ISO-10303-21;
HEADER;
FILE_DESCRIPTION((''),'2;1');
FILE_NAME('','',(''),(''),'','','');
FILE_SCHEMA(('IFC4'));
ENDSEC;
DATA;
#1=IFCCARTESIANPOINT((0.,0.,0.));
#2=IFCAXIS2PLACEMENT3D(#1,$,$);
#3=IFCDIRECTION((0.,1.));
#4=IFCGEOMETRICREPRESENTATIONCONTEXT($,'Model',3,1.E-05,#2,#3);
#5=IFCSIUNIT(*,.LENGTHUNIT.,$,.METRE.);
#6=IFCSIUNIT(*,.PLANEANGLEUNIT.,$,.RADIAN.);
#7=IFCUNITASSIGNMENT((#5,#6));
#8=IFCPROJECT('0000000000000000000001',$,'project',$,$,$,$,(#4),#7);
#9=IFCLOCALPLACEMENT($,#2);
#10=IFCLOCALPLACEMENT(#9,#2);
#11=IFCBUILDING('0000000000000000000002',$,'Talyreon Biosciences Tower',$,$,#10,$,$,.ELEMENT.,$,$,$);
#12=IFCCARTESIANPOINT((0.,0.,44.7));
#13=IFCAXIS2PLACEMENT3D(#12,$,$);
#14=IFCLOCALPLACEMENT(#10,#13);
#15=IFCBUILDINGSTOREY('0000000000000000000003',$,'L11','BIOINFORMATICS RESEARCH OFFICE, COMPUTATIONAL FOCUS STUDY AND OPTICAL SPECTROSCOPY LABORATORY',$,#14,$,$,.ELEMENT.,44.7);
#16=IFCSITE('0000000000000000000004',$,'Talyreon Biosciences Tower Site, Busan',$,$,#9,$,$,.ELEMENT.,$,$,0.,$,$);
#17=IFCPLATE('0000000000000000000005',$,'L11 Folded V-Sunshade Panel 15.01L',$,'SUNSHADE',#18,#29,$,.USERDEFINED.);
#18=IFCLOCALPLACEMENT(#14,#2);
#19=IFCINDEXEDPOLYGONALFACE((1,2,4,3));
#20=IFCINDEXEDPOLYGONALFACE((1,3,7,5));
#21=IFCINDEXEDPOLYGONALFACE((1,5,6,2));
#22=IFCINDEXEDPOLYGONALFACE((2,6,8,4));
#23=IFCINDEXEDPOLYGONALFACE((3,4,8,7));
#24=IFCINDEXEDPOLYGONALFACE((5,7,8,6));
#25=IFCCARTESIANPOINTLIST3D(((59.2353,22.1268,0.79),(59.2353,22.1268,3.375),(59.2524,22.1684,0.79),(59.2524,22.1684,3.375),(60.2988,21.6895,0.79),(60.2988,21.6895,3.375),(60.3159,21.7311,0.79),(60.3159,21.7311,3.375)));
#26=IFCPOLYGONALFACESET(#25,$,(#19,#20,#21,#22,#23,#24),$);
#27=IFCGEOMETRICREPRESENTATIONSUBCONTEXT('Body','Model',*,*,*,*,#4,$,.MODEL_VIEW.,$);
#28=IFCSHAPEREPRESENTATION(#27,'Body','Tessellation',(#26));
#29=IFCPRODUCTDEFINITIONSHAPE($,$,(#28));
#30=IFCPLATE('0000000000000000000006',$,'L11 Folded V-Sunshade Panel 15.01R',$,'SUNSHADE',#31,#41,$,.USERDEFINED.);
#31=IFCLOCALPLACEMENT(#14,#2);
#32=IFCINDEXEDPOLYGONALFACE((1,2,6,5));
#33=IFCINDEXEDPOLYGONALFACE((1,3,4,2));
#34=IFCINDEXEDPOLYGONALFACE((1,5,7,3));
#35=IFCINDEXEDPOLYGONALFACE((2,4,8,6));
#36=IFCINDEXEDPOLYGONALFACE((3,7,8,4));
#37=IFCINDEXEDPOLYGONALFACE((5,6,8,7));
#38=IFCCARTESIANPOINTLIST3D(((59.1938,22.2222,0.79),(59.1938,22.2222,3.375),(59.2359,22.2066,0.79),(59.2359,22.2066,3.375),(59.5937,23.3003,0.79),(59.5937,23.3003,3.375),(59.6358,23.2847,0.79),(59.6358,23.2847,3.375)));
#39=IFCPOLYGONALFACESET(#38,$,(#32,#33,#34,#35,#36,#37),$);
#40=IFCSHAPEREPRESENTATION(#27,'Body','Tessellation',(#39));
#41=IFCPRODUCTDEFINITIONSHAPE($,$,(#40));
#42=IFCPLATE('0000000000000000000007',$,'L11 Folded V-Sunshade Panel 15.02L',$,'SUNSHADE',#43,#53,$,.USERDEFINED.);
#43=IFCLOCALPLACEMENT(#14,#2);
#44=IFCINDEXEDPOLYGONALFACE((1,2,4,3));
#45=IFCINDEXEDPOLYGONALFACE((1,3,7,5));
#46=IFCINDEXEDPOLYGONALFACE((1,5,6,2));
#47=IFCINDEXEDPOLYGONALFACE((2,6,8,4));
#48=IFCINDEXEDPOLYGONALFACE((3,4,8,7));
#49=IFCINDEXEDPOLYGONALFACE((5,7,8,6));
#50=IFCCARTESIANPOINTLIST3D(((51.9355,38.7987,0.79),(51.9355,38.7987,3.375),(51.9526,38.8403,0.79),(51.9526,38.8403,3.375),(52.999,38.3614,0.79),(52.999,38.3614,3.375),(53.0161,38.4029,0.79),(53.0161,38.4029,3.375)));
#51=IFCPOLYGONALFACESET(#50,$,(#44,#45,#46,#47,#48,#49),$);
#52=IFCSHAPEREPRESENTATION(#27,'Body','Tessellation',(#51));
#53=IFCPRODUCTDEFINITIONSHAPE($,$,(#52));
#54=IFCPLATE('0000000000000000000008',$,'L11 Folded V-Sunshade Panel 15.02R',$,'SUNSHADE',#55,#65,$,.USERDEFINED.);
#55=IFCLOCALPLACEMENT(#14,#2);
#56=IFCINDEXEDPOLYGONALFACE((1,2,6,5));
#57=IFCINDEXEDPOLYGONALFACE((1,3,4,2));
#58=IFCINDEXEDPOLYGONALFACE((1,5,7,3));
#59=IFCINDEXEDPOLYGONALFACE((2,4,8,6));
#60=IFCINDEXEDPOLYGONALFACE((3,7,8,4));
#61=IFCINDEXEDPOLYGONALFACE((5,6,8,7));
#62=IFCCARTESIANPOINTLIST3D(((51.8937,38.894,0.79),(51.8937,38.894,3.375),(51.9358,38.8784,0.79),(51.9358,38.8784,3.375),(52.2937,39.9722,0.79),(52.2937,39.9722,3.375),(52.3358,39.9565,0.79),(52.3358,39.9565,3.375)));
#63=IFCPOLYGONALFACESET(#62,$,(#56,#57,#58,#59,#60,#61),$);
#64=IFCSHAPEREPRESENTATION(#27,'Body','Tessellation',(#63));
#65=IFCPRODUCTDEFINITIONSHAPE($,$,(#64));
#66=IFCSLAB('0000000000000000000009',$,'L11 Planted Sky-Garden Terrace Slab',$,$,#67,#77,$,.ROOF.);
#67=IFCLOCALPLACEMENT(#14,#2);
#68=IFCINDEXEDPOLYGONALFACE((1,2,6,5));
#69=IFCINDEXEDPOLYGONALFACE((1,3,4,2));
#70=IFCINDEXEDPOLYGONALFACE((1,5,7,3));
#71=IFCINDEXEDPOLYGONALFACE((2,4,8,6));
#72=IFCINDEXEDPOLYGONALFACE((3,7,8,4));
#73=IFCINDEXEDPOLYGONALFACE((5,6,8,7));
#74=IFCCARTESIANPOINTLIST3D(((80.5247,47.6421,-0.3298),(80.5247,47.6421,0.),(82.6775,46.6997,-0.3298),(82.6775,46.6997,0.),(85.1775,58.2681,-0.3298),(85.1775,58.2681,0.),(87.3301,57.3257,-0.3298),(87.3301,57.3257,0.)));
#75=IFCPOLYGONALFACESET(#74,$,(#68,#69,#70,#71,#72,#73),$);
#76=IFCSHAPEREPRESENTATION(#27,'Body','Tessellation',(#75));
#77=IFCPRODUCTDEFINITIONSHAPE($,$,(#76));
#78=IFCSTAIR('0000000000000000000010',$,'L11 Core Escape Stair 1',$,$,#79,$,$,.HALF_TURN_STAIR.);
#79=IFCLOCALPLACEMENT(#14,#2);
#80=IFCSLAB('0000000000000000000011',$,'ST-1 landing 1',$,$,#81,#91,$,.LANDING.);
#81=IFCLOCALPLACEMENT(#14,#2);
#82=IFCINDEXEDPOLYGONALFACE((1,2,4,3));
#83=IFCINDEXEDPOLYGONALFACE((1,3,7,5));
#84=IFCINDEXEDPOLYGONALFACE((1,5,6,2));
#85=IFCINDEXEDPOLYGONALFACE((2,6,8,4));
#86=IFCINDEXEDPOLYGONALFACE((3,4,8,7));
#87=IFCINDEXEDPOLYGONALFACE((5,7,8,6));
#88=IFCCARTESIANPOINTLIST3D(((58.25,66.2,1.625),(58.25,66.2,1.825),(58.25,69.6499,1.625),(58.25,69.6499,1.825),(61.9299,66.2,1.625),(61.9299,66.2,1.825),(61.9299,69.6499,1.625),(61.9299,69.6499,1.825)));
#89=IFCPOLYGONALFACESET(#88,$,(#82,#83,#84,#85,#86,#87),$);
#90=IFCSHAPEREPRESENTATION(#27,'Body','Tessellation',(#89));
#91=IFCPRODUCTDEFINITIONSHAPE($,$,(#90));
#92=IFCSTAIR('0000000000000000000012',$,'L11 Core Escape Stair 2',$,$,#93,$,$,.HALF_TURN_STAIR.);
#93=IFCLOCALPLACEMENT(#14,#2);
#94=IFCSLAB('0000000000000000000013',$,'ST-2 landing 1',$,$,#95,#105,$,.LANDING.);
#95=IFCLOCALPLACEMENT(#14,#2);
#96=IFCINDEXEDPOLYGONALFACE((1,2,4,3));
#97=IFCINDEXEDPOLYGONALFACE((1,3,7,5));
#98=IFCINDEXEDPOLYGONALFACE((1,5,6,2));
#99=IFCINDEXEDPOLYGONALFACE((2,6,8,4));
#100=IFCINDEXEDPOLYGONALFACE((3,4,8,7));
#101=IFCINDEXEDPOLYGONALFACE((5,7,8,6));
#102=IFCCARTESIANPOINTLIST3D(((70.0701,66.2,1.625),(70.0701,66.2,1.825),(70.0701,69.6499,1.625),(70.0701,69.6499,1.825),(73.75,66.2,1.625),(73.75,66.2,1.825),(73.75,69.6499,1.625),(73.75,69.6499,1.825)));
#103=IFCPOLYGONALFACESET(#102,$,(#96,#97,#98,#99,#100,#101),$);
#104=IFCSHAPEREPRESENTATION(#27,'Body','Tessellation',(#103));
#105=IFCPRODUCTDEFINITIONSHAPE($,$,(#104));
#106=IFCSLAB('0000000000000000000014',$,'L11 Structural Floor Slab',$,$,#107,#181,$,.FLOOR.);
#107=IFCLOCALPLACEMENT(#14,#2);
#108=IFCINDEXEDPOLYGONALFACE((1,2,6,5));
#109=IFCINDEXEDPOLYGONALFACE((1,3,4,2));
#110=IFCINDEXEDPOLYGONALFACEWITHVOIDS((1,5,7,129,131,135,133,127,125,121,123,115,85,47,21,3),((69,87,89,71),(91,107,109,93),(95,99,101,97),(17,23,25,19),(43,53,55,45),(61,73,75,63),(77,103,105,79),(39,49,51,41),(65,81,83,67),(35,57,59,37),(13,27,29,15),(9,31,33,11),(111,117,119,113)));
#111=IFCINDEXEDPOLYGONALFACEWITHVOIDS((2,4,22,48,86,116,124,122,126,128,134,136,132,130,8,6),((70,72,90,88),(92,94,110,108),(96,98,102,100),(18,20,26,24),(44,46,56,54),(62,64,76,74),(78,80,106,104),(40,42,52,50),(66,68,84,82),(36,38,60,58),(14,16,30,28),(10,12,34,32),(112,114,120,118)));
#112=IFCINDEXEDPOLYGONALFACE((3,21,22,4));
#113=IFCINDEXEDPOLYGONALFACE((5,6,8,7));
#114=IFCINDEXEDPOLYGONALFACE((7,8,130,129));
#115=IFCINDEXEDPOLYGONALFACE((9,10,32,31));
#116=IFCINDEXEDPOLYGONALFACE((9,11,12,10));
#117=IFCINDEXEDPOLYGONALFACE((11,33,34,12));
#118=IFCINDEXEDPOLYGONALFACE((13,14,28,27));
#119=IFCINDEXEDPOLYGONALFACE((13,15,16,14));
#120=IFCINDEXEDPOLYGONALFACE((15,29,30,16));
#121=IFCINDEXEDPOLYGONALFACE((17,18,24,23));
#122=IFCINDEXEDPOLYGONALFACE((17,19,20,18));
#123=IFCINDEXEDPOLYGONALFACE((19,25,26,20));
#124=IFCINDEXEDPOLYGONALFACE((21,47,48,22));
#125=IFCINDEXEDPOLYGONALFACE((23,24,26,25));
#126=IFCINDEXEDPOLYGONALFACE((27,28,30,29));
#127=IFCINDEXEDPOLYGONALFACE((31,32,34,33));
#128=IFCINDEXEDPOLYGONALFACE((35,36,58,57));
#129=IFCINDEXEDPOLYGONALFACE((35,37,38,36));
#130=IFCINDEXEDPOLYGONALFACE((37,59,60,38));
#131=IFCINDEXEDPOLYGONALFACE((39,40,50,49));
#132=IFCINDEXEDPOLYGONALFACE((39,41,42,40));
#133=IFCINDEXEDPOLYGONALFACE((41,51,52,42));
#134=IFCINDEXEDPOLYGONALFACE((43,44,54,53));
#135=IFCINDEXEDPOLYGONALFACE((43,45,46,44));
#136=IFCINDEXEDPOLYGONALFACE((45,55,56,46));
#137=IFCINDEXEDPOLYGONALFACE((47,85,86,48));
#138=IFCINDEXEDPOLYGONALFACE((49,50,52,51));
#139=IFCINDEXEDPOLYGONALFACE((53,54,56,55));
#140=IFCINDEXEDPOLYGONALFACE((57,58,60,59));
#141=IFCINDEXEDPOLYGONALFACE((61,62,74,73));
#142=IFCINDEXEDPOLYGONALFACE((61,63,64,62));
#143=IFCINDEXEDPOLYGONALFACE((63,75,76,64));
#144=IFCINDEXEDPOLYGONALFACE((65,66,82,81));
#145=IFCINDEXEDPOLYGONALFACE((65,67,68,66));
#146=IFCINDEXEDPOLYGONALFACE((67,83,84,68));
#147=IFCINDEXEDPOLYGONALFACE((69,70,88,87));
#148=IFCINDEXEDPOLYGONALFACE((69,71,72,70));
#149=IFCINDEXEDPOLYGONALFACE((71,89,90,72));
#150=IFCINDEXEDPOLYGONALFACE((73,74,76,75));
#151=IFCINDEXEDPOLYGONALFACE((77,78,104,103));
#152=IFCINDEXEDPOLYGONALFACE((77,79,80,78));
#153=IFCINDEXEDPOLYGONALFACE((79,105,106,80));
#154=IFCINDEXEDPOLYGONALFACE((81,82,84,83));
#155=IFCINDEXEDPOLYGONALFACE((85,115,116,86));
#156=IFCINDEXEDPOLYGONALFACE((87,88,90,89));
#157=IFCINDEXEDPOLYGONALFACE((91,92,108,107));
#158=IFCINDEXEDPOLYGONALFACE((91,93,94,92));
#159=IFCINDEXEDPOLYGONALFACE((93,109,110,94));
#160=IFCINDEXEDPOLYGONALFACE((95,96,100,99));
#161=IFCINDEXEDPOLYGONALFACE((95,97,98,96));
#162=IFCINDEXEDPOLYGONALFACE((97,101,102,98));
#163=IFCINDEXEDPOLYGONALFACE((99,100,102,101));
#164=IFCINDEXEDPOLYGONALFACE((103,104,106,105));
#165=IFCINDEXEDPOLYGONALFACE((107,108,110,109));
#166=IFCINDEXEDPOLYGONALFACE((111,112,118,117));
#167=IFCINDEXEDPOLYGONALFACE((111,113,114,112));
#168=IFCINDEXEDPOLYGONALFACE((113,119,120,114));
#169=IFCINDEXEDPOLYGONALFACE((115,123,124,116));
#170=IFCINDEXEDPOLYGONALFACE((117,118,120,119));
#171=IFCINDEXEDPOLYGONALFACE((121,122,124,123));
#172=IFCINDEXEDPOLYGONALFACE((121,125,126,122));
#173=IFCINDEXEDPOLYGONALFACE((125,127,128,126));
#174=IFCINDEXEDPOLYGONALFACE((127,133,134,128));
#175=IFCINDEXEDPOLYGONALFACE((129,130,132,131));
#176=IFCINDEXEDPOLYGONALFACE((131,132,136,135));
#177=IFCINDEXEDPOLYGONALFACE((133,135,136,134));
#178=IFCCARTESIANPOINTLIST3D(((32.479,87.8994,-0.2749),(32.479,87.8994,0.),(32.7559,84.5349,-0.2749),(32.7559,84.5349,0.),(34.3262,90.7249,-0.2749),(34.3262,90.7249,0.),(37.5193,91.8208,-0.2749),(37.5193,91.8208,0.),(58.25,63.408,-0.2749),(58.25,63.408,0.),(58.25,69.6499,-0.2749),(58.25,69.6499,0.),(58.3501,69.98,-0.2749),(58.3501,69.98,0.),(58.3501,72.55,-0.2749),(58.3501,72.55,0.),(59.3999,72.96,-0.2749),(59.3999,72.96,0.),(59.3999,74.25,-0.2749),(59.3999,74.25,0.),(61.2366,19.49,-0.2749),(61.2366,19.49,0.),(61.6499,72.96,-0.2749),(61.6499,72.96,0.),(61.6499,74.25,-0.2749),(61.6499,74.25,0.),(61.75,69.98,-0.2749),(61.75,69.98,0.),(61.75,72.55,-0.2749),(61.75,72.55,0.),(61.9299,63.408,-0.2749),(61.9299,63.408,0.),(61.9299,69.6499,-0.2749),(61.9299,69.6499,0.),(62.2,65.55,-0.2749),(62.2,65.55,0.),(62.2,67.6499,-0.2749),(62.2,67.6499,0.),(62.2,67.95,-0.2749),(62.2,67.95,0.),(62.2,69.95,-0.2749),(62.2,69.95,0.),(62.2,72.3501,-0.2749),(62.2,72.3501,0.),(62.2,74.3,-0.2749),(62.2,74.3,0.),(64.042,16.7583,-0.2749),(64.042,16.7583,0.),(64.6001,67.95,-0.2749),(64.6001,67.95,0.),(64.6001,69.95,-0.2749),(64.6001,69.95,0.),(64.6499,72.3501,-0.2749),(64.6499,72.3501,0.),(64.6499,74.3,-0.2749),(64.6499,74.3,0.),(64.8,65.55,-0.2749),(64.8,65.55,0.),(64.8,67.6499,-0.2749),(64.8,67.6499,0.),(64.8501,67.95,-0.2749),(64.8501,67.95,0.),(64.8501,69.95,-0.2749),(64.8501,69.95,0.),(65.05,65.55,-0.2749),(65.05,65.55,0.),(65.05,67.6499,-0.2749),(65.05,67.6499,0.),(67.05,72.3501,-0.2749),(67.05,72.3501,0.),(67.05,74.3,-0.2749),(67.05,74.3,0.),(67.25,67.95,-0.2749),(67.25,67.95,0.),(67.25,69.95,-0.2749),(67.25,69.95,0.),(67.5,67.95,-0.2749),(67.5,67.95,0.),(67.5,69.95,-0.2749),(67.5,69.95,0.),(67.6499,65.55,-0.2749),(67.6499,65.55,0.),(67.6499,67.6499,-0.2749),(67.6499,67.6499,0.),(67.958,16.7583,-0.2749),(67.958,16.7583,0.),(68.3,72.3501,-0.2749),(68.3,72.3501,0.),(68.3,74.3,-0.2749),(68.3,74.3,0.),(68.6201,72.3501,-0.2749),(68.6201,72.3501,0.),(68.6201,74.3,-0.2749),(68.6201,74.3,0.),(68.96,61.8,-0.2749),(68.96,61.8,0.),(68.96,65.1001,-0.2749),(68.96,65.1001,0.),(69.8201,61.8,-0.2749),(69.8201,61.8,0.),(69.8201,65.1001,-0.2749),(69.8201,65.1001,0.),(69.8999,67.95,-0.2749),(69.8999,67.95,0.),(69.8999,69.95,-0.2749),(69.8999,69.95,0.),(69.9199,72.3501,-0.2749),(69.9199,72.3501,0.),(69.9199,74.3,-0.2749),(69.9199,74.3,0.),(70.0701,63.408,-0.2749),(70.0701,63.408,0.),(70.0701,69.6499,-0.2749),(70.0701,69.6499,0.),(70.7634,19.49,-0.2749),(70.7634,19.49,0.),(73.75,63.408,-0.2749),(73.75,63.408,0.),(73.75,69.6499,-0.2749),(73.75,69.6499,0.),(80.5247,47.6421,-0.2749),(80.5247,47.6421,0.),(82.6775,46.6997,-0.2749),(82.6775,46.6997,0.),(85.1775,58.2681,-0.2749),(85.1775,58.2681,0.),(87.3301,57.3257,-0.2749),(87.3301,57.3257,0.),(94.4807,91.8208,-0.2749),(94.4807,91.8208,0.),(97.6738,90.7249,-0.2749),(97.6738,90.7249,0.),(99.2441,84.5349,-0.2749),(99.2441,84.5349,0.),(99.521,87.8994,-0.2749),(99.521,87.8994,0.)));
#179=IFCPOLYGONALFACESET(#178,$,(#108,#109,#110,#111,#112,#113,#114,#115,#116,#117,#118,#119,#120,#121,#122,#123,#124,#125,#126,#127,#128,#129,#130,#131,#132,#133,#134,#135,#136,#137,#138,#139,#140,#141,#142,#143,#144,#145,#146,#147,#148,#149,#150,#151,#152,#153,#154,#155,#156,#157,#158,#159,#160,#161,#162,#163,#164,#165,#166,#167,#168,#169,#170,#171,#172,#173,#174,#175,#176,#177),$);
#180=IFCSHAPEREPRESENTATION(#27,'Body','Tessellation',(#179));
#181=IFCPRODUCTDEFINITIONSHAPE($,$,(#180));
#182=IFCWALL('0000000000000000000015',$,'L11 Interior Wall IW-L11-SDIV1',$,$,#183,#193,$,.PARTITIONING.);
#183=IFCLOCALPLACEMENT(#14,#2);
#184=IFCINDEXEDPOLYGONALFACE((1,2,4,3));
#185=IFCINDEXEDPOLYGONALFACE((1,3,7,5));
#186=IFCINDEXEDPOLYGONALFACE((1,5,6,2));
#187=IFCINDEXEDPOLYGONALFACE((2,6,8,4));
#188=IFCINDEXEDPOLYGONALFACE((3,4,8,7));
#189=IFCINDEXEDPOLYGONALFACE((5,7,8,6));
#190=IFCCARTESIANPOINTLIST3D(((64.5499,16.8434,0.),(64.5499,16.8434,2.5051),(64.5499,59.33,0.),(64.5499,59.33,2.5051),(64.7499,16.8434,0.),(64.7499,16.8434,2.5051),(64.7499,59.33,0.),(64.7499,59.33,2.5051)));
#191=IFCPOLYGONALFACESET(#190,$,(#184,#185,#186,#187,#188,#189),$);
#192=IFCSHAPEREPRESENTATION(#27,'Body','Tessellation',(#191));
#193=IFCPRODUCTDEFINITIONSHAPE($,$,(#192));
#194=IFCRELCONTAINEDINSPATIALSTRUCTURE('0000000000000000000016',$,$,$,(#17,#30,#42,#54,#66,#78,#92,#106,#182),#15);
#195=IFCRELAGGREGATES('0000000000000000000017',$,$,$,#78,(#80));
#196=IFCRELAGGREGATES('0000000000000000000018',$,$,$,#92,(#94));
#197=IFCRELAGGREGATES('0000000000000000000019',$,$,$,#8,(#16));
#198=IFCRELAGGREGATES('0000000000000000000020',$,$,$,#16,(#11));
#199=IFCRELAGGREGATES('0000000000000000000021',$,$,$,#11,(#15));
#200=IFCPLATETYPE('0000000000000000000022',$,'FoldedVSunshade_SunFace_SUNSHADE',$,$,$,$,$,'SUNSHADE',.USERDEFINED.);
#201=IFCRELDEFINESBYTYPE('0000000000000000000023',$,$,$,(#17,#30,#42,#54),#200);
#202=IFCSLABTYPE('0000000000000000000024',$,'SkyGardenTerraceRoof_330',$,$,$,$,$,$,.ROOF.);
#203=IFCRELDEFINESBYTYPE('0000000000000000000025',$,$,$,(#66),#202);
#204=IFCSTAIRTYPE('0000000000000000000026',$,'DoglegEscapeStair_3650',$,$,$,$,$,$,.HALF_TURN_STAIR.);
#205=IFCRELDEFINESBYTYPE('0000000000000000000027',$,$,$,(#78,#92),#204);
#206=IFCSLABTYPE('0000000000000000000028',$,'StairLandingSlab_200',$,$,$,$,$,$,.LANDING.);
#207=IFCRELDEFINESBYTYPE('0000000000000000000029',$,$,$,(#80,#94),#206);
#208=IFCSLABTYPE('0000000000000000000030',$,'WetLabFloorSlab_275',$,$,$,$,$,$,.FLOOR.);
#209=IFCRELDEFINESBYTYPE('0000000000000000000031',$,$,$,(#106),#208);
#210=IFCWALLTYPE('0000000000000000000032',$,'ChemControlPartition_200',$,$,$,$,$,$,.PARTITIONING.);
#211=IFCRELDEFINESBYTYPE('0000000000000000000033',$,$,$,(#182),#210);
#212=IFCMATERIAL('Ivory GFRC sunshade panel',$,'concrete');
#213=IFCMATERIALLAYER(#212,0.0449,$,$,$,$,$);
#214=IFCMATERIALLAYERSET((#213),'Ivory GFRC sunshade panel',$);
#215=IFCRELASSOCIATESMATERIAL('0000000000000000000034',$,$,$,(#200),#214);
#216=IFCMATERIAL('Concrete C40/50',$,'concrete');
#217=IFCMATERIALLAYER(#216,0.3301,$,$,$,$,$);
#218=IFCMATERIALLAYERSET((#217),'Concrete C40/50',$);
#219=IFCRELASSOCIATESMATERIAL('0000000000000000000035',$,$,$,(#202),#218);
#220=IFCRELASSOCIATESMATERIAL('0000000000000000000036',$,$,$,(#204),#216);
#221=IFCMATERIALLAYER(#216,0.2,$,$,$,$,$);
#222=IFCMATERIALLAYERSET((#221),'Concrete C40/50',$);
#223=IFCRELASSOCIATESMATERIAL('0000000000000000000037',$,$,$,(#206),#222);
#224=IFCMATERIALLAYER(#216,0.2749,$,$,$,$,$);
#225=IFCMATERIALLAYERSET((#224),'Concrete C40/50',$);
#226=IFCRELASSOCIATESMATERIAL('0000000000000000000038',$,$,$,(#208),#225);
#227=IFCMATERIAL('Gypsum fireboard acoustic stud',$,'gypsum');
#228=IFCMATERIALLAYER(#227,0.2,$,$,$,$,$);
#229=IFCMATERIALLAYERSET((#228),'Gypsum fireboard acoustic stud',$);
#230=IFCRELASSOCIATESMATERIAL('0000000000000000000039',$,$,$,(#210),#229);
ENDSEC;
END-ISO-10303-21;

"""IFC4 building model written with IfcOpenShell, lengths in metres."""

from ifc_helpers import new_model, si_unit, direction, frame, frame_2d, origin, origin_2d, place, context, subcontext, project, spatial, polyline, rectangle, outline, extrude, material, layer, layer_set, type_object, element, aggregate, save


model = new_model("IFC4")

# Units and contexts
model_context = context("Model", 3, precision=1e-05, world=origin(), true_north=direction((0.0, 1.0)))
body_context = subcontext(model_context, "Body", "Model", "MODEL_VIEW")
ifc_project = project(units=[si_unit("LENGTHUNIT", "METRE"), si_unit("PLANEANGLEUNIT", "RADIAN")], contexts=[model_context])

# Site, building, storey
site_placement = place(None, origin())
site = spatial("IfcSite", under=ifc_project, at=site_placement, Name="Talyreon Biosciences Tower Site, Busan", CompositionType="ELEMENT", RefElevation=0.0)
building_placement = place(site_placement, origin())
building = spatial("IfcBuilding", under=site, at=building_placement, Name="Talyreon Biosciences Tower", CompositionType="ELEMENT")
storey_placement = place(building_placement, frame((0.0, 0.0, 44.7)))
storey = spatial("IfcBuildingStorey", under=building, at=storey_placement, Name="L11", Description="BIOINFORMATICS RESEARCH OFFICE, COMPUTATIONAL FOCUS STUDY AND OPTICAL SPECTROSCOPY LABORATORY", CompositionType="ELEMENT", Elevation=44.7)

# Plates
ifc_material_1 = material(Name="Ivory GFRC sunshade panel", Category="concrete")
ifc_layer_1 = layer(ifc_material_1, 0.0449)
ifc_layer_set_1 = layer_set([ifc_layer_1], Name="Ivory GFRC sunshade panel")
plate_type_1 = type_object("IfcPlateType", Name="FoldedVSunshade_SunFace_SUNSHADE", ElementType="SUNSHADE", PredefinedType="USERDEFINED", material=ifc_layer_set_1)
for number, where, z_axis, x_axis, name in (
    (1, (59.7756, 21.929, 0.79), (0.0, 0.0, 1.0), (-0.924858, 0.380312, 0.0), "L11 Folded V-Sunshade Panel 15.01L"),
    (2, (59.4148, 22.7534, 0.79), (0.0, 0.0, 1.0), (0.347803, 0.937568, 0.0), "L11 Folded V-Sunshade Panel 15.01R"),
    (3, (52.4758, 38.6008, 0.79), (0.0, 0.0, 1.0), (-0.924858, 0.380312, 0.0), "L11 Folded V-Sunshade Panel 15.02L"),
    (4, (52.1147, 39.4253, 0.79), (0.0, 0.0, 1.0), (0.347803, 0.937568, 0.0), "L11 Folded V-Sunshade Panel 15.02R"),
):
    element("IfcPlate", number, at=place(storey_placement, frame(where, z_axis=z_axis, x_axis=x_axis)), inside=storey, type_object=plate_type_1, Name=name, ObjectType="SUNSHADE", PredefinedType="USERDEFINED", context=body_context, shape_type="SweptSolid", body=[
        extrude(rectangle(XDim=1.1499, YDim=0.0449, at=origin_2d()), origin(), (0.0, 0.0, 1.0), 2.585),
    ])

# Slab
ifc_material_2 = material(Name="Concrete C40/50", Category="concrete")
ifc_layer_2 = layer(ifc_material_2, 0.3301)
ifc_layer_set_2 = layer_set([ifc_layer_2], Name="Concrete C40/50")
slab_type_1 = type_object("IfcSlabType", Name="SkyGardenTerraceRoof_330", PredefinedType="ROOF", material=ifc_layer_set_2)
slab_1_placement = place(storey_placement, frame((0.0, 0.0, -0.3298)))
element("IfcSlab", 5, at=slab_1_placement, inside=storey, type_object=slab_type_1, Name="L11 Planted Sky-Garden Terrace Slab", PredefinedType="ROOF", context=body_context, shape_type="SweptSolid", body=[
    extrude(outline(polyline([(82.6775, 46.6997), (80.5247, 47.6421), (85.1775, 58.2681), (87.3301, 57.3257), (82.6775, 46.6997)])), origin(), (0.0, 0.0, 1.0), 0.3298),
])

# Stairs, slabs
stair_type = type_object("IfcStairType", Name="DoglegEscapeStair_3650", PredefinedType="HALF_TURN_STAIR", material=ifc_material_2)
stair_1_placement = place(storey_placement, origin())
stair_1 = element("IfcStair", 6, at=stair_1_placement, inside=storey, type_object=stair_type, Name="L11 Core Escape Stair 1", PredefinedType="HALF_TURN_STAIR")
ifc_layer_3 = layer(ifc_material_2, 0.2)
ifc_layer_set_3 = layer_set([ifc_layer_3], Name="Concrete C40/50")
slab_type_2 = type_object("IfcSlabType", Name="StairLandingSlab_200", PredefinedType="LANDING", material=ifc_layer_set_3)
slab_2_placement = place(storey_placement, frame((0.0, 0.0, 1.625)))
slab_2 = element("IfcSlab", 7, at=slab_2_placement, type_object=slab_type_2, Name="ST-1 landing 1", PredefinedType="LANDING", context=body_context, shape_type="SweptSolid", body=[
    extrude(outline(polyline([(61.9299, 66.2), (61.9299, 69.6499), (58.25, 69.6499), (58.25, 66.2), (61.9299, 66.2)])), origin(), (0.0, 0.0, 1.0), 0.2),
])
aggregate(stair_1, [slab_2])
stair_2_placement = place(storey_placement, origin())
stair_2 = element("IfcStair", 8, at=stair_2_placement, inside=storey, type_object=stair_type, Name="L11 Core Escape Stair 2", PredefinedType="HALF_TURN_STAIR")
slab_3_placement = place(storey_placement, frame((0.0, 0.0, 1.625)))
slab_3 = element("IfcSlab", 9, at=slab_3_placement, type_object=slab_type_2, Name="ST-2 landing 1", PredefinedType="LANDING", context=body_context, shape_type="SweptSolid", body=[
    extrude(outline(polyline([(73.75, 66.2), (73.75, 69.6499), (70.0701, 69.6499), (70.0701, 66.2), (73.75, 66.2)])), origin(), (0.0, 0.0, 1.0), 0.2),
])
aggregate(stair_2, [slab_3])

# Slab
ifc_layer_4 = layer(ifc_material_2, 0.2749)
ifc_layer_set_4 = layer_set([ifc_layer_4], Name="Concrete C40/50")
slab_type_3 = type_object("IfcSlabType", Name="WetLabFloorSlab_275", PredefinedType="FLOOR", material=ifc_layer_set_4)
slab_4_placement = place(storey_placement, frame((0.0, 0.0, -0.2749)))
element("IfcSlab", 10, at=slab_4_placement, inside=storey, type_object=slab_type_3, Name="L11 Structural Floor Slab", PredefinedType="FLOOR", context=body_context, shape_type="SweptSolid", body=[
    extrude(outline(polyline([(32.7559, 84.5349), (32.479, 87.8994), (34.3262, 90.7249), (37.5193, 91.8208), (94.4807, 91.8208), (97.6738, 90.7249), (99.521, 87.8994), (99.2441, 84.5349), (87.3301, 57.3257), (85.1775, 58.2681), (80.5247, 47.6421), (82.6775, 46.6997), (70.7634, 19.49), (67.958, 16.7583), (64.042, 16.7583), (61.2366, 19.49), (32.7559, 84.5349)]), holes=[polyline([(61.9299, 69.6499), (61.9299, 63.408), (58.25, 63.408), (58.25, 69.6499), (61.9299, 69.6499)]), polyline([(64.8, 65.55), (62.2, 65.55), (62.2, 67.6499), (64.8, 67.6499), (64.8, 65.55)]), polyline([(64.6001, 67.95), (62.2, 67.95), (62.2, 69.95), (64.6001, 69.95), (64.6001, 67.95)]), polyline([(67.25, 69.95), (67.25, 67.95), (64.8501, 67.95), (64.8501, 69.95), (67.25, 69.95)]), polyline([(61.75, 69.98), (58.3501, 69.98), (58.3501, 72.55), (61.75, 72.55), (61.75, 69.98)]), polyline([(64.6499, 72.3501), (62.2, 72.3501), (62.2, 74.3), (64.6499, 74.3), (64.6499, 72.3501)]), polyline([(61.6499, 74.25), (61.6499, 72.96), (59.3999, 72.96), (59.3999, 74.25), (61.6499, 74.25)]), polyline([(69.8201, 61.8), (68.96, 61.8), (68.96, 65.1001), (69.8201, 65.1001), (69.8201, 61.8)]), polyline([(73.75, 63.408), (70.0701, 63.408), (70.0701, 69.6499), (73.75, 69.6499), (73.75, 63.408)]), polyline([(67.6499, 65.55), (65.05, 65.55), (65.05, 67.6499), (67.6499, 67.6499), (67.6499, 65.55)]), polyline([(69.8999, 67.95), (67.5, 67.95), (67.5, 69.95), (69.8999, 69.95), (69.8999, 67.95)]), polyline([(68.3, 72.3501), (67.05, 72.3501), (67.05, 74.3), (68.3, 74.3), (68.3, 72.3501)]), polyline([(69.9199, 72.3501), (68.6201, 72.3501), (68.6201, 74.3), (69.9199, 74.3), (69.9199, 72.3501)])]), origin(), (0.0, 0.0, 1.0), 0.2749),
])

# Wall
ifc_material_3 = material(Name="Gypsum fireboard acoustic stud", Category="gypsum")
ifc_layer_5 = layer(ifc_material_3, 0.2)
ifc_layer_set_5 = layer_set([ifc_layer_5], Name="Gypsum fireboard acoustic stud")
wall_type_1 = type_object("IfcWallType", Name="ChemControlPartition_200", PredefinedType="PARTITIONING", material=ifc_layer_set_5)
wall_1_placement = place(storey_placement, frame((64.6499, 16.8435, 0.0), z_axis=(0.0, 0.0, 1.0), x_axis=(0.0, 1.0, 0.0)))
element("IfcWall", 11, at=wall_1_placement, inside=storey, type_object=wall_type_1, Name="L11 Interior Wall IW-L11-SDIV1", PredefinedType="PARTITIONING", context=body_context, shape_type="SweptSolid", body=[
    extrude(rectangle(XDim=42.4866, YDim=0.2, at=frame_2d((21.2432, 0.0))), origin(), (0.0, 0.0, 1.0), 2.5051),
])

save(model, "model.ifc")
